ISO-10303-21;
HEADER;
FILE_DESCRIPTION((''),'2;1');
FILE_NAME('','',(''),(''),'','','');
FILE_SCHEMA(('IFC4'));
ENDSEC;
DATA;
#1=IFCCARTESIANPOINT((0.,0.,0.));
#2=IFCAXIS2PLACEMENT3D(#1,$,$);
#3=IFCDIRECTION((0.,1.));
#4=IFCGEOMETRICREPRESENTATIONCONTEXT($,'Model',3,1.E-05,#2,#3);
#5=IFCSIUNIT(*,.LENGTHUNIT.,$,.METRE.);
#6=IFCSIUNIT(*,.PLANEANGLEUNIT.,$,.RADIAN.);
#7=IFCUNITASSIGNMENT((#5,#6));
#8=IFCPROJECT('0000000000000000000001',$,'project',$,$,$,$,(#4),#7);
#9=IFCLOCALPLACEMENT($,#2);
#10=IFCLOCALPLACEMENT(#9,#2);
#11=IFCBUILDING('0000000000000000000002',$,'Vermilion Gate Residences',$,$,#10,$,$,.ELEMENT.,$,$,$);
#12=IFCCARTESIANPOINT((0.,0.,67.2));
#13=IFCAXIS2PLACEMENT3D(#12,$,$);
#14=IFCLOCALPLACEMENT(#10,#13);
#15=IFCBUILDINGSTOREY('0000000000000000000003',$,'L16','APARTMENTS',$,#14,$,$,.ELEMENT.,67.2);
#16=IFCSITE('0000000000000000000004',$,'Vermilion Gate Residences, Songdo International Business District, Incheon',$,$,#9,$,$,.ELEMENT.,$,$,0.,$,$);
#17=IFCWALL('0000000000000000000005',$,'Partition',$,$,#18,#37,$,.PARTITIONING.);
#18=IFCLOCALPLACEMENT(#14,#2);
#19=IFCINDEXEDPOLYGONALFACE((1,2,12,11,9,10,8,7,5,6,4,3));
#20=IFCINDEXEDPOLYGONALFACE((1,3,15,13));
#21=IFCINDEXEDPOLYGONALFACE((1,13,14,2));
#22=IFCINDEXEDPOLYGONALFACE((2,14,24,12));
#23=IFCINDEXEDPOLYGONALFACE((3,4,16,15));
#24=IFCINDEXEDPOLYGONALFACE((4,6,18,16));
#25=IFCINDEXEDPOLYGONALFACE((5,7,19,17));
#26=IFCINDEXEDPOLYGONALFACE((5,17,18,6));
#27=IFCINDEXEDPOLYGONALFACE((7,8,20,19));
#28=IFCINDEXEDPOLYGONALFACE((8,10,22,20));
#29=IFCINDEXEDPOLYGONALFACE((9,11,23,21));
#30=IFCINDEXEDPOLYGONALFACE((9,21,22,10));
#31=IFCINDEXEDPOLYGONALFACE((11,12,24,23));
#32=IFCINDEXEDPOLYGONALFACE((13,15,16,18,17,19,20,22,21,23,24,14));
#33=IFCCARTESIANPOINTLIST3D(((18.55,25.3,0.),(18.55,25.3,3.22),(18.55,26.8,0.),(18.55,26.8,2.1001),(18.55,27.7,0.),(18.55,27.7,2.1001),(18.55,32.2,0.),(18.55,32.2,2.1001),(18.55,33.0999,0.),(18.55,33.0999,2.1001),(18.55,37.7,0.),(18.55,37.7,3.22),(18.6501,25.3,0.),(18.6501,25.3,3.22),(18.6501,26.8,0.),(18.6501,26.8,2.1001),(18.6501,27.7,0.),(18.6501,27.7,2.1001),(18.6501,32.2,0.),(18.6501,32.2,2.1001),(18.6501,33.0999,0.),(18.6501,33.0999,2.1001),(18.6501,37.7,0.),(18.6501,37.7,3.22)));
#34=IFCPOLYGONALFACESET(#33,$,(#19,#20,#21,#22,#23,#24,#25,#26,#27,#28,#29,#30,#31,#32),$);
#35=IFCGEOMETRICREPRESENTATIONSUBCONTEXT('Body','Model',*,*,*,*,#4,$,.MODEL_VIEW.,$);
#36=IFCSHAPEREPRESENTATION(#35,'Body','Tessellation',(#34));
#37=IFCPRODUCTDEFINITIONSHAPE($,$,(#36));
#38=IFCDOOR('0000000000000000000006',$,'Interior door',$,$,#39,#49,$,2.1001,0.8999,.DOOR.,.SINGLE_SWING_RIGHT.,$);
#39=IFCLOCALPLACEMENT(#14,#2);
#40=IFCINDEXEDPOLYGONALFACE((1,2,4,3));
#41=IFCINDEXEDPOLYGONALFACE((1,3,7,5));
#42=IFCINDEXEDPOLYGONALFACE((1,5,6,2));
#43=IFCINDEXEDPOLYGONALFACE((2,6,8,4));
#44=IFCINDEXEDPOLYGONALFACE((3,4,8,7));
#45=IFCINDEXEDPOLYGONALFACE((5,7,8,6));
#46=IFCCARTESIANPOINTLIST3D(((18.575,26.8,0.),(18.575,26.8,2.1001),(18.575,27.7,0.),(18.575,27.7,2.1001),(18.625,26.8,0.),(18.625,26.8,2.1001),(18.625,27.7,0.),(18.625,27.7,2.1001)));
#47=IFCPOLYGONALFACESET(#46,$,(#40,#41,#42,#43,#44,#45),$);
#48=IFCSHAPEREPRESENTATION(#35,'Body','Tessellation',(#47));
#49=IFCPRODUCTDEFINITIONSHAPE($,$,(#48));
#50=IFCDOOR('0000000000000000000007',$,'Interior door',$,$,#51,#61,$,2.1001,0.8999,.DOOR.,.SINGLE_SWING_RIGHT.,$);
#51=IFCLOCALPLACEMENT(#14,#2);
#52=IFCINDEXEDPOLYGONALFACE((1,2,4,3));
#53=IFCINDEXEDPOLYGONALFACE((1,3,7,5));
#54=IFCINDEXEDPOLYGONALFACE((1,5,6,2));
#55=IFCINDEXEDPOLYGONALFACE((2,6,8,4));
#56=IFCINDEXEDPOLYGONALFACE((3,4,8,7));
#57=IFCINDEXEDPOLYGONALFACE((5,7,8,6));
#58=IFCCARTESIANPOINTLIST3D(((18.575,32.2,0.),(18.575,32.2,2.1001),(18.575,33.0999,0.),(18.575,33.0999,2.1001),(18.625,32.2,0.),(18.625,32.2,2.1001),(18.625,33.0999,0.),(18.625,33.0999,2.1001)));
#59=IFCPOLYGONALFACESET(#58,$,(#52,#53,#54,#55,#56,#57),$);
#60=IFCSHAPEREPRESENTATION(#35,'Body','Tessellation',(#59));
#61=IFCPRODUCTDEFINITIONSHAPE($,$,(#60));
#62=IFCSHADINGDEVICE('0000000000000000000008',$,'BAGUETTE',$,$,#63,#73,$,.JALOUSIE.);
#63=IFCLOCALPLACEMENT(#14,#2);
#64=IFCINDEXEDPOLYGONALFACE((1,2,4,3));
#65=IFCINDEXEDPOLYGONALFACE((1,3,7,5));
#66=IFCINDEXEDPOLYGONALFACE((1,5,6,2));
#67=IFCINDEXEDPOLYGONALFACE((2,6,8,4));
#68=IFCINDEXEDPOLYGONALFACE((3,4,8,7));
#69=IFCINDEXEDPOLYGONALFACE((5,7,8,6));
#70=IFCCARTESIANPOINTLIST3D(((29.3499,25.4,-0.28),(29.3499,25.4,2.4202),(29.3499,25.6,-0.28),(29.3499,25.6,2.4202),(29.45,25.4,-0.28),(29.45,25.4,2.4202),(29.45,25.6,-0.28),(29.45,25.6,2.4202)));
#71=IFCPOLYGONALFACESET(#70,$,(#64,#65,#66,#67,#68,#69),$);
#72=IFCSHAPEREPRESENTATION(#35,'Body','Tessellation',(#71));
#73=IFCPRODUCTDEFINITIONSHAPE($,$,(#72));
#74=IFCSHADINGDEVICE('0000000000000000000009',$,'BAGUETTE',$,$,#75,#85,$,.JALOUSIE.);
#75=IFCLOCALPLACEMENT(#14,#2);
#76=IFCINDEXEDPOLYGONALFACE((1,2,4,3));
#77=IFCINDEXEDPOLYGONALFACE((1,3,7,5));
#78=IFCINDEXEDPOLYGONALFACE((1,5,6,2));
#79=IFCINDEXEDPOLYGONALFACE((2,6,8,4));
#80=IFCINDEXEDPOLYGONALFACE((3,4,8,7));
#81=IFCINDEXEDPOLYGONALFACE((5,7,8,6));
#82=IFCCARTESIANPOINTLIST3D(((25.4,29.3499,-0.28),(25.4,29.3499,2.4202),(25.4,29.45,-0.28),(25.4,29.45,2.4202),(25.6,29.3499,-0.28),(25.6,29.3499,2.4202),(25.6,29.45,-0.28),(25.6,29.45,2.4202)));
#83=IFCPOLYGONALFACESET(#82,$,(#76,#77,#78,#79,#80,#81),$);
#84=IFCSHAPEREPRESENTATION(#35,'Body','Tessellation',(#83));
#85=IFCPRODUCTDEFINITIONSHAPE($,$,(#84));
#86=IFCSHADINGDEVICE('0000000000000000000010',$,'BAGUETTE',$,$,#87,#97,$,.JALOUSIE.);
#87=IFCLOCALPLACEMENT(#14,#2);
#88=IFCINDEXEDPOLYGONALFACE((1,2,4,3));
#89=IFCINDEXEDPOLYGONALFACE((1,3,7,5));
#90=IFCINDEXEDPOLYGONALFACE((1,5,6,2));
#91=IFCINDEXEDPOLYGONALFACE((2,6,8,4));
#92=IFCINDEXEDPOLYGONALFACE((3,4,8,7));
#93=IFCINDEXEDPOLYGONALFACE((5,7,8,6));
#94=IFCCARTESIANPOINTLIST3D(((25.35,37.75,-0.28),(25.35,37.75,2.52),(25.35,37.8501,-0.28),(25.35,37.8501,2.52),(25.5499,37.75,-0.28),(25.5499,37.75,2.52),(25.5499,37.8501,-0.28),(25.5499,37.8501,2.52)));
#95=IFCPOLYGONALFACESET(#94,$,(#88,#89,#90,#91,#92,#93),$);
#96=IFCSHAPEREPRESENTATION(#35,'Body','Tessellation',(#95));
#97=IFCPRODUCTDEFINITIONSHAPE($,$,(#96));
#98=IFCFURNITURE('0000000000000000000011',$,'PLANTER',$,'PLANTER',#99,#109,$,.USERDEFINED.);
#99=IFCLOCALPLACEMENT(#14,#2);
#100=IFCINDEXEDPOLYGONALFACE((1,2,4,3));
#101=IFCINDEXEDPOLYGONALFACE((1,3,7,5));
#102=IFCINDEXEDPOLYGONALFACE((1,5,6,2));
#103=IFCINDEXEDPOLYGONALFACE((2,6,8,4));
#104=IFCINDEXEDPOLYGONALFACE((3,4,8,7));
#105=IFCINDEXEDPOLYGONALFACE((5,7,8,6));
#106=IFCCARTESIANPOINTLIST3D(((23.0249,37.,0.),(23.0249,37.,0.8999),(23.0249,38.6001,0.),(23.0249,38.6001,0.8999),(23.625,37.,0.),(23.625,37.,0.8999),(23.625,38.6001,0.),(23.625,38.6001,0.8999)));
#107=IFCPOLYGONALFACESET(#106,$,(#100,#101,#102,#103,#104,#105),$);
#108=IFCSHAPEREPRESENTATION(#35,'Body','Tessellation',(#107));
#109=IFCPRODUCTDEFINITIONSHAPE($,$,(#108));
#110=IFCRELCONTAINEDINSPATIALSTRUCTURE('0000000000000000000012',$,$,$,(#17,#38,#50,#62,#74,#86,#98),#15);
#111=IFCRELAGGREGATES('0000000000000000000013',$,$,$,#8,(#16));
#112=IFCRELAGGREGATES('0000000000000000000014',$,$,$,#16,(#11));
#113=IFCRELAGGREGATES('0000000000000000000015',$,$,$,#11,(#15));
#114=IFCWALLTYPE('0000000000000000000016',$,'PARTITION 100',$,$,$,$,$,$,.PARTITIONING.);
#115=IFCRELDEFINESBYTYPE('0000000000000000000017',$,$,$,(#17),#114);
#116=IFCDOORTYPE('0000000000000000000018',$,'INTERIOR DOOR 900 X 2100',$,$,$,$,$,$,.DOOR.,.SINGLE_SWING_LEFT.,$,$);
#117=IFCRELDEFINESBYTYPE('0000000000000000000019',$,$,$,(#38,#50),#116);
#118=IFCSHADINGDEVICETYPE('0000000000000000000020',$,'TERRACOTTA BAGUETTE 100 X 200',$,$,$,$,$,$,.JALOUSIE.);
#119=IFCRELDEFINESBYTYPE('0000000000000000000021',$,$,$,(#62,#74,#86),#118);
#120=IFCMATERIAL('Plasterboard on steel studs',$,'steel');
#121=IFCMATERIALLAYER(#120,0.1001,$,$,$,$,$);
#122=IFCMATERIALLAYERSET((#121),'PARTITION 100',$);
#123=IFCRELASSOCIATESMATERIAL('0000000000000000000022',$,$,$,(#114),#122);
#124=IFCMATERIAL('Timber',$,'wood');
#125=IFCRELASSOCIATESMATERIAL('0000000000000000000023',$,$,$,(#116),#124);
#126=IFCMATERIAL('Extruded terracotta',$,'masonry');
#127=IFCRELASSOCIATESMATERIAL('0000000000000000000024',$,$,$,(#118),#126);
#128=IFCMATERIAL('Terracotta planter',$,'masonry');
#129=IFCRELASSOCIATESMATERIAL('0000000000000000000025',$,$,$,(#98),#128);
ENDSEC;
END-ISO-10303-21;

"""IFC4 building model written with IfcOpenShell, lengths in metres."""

from ifc_helpers import new_model, si_unit, direction, frame, frame_2d, origin, origin_2d, place, context, subcontext, project, spatial, rectangle, extrude, material, layer, layer_set, material_profile, profile_set, type_object, element, fill, save


model = new_model("IFC4")

# Units and contexts
model_context = context("Model", 3, precision=1e-05, world=origin(), true_north=direction((0.0, 1.0)))
body_context = subcontext(model_context, "Body", "Model", "MODEL_VIEW")
ifc_project = project(units=[si_unit("LENGTHUNIT", "METRE"), si_unit("PLANEANGLEUNIT", "RADIAN")], contexts=[model_context])

# Site, building, storey
site_placement = place(None, origin())
site = spatial("IfcSite", under=ifc_project, at=site_placement, Name="Vermilion Gate Residences, Songdo International Business District, Incheon", CompositionType="ELEMENT", RefElevation=0.0)
building_placement = place(site_placement, origin())
building = spatial("IfcBuilding", under=site, at=building_placement, Name="Vermilion Gate Residences", CompositionType="ELEMENT")
storey_placement = place(building_placement, frame((0.0, 0.0, 67.2)))
storey = spatial("IfcBuildingStorey", under=building, at=storey_placement, Name="L16", Description="APARTMENTS", CompositionType="ELEMENT", Elevation=67.2)

# Shared definitions
ifc_material_1 = material(Name="Plasterboard on steel studs", Category="steel")
ifc_layer = layer(ifc_material_1, 0.1001)
ifc_layer_set = layer_set([ifc_layer], Name="PARTITION 100")
wall_type = type_object("IfcWallType", Name="PARTITION 100", PredefinedType="PARTITIONING", material=ifc_layer_set)

# Wall, openings, doors
ifc_material_2 = material(Name="Timber", Category="wood")
door_type = type_object("IfcDoorType", Name="INTERIOR DOOR 900 X 2100", OperationType="SINGLE_SWING_LEFT", PredefinedType="DOOR", material=ifc_material_2)
wall_1_placement = place(storey_placement, frame((18.6001, 25.3, 0.0), z_axis=(0.0, 0.0, 1.0), x_axis=(0.0, 1.0, 0.0)))
wall_1 = element("IfcWall", 1, at=wall_1_placement, inside=storey, type_object=wall_type, Name="Partition", PredefinedType="PARTITIONING", context=body_context, shape_type="SweptSolid", body=[
    extrude(rectangle(XDim=12.3999, YDim=0.1001, at=frame_2d((6.2, 0.0))), origin(), (0.0, 0.0, 1.0), 3.22),
])
opening_1_placement = place(wall_1_placement, frame((1.5, 0.0, 0.0)))
opening_1 = element("IfcOpeningElement", 2, at=opening_1_placement, cuts=wall_1, PredefinedType="OPENING", context=body_context, shape_type="SweptSolid", body=[
    extrude(rectangle(XDim=0.8999, YDim=2.1001, at=frame_2d((0.45, 1.05))), frame((0.0, 0.0601, 0.0), z_axis=(0.0, -1.0, 0.0), x_axis=(1.0, 0.0, 0.0)), (0.0, 0.0, 1.0), 0.1201),
])
opening_2_placement = place(wall_1_placement, frame((6.8999, 0.0, 0.0)))
opening_2 = element("IfcOpeningElement", 3, at=opening_2_placement, cuts=wall_1, PredefinedType="OPENING", context=body_context, shape_type="SweptSolid", body=[
    extrude(rectangle(XDim=0.8999, YDim=2.1001, at=frame_2d((0.45, 1.05))), frame((0.0, 0.0601, 0.0), z_axis=(0.0, -1.0, 0.0), x_axis=(1.0, 0.0, 0.0)), (0.0, 0.0, 1.0), 0.1201),
])
door_1_placement = place(opening_1_placement, frame((0.8999, 0.0, 0.0), z_axis=(0.0, 0.0, 1.0), x_axis=(-1.0, 0.0, 0.0)))
door_1 = element("IfcDoor", 4, at=door_1_placement, inside=storey, type_object=door_type, Name="Interior door", OperationType="SINGLE_SWING_RIGHT", OverallHeight=2.1001, OverallWidth=0.8999, PredefinedType="DOOR", context=body_context, shape_type="SweptSolid", body=[
    extrude(rectangle(XDim=0.8999, YDim=2.1001, at=frame_2d((0.45, 1.05))), frame((0.0, 0.0249, 0.0), z_axis=(0.0, -1.0, 0.0), x_axis=(1.0, 0.0, 0.0)), (0.0, 0.0, 1.0), 0.05),
])
fill(opening_1, door_1)
door_2_placement = place(opening_2_placement, frame((0.8999, 0.0, 0.0), z_axis=(0.0, 0.0, 1.0), x_axis=(-1.0, 0.0, 0.0)))
door_2 = element("IfcDoor", 5, at=door_2_placement, inside=storey, type_object=door_type, Name="Interior door", OperationType="SINGLE_SWING_RIGHT", OverallHeight=2.1001, OverallWidth=0.8999, PredefinedType="DOOR", context=body_context, shape_type="SweptSolid", body=[
    extrude(rectangle(XDim=0.8999, YDim=2.1001, at=frame_2d((0.45, 1.05))), frame((0.0, 0.0249, 0.0), z_axis=(0.0, -1.0, 0.0), x_axis=(1.0, 0.0, 0.0)), (0.0, 0.0, 1.0), 0.05),
])
fill(opening_2, door_2)

# Shading devices
ifc_material_3 = material(Name="Extruded terracotta", Category="masonry")
ifc_material_profile_1 = material_profile(ifc_material_3, rectangle(XDim=0.2, YDim=0.1001, at=origin_2d()), Name="BAGUETTE 100 X 200")
ifc_profile_set_1 = profile_set([ifc_material_profile_1], Name="Extruded terracotta")
shading_device_type = type_object("IfcShadingDeviceType", Name="TERRACOTTA BAGUETTE 100 X 200", PredefinedType="JALOUSIE", material=ifc_profile_set_1)
for number, where, z_axis, x_axis, name in (
    (6, (29.3999, 25.5, -0.28), (0.0, 0.0, 1.0), (0.0, -1.0, 0.0), "BAGUETTE"),
    (7, (25.5, 29.3999, -0.28), (0.0, 0.0, 1.0), (-1.0, 0.0, 0.0), "BAGUETTE"),
):
    element("IfcShadingDevice", number, at=place(storey_placement, frame(where, z_axis=z_axis, x_axis=x_axis)), inside=storey, type_object=shading_device_type, Name=name, PredefinedType="JALOUSIE", context=body_context, shape_type="SweptSolid", body=[
        extrude(rectangle(XDim=0.2, YDim=0.1001, at=origin_2d()), origin(), (0.0, 0.0, 1.0), 2.7002),
    ])
shading_device_placement = place(storey_placement, frame((25.45, 37.8, -0.28), z_axis=(0.0, 0.0, 1.0), x_axis=(-1.0, 0.0, 0.0)))
element("IfcShadingDevice", 8, at=shading_device_placement, inside=storey, type_object=shading_device_type, Name="BAGUETTE", PredefinedType="JALOUSIE", context=body_context, shape_type="SweptSolid", body=[
    extrude(rectangle(XDim=0.2, YDim=0.1001, at=origin_2d()), origin(), (0.0, 0.0, 1.0), 2.8),
])

# Furniture
ifc_material_4 = material(Name="Terracotta planter", Category="masonry")
furniture_placement = place(storey_placement, frame((23.325, 37.8, 0.0), z_axis=(0.0, 0.0, 1.0), x_axis=(0.0, 1.0, 0.0)))
element("IfcFurniture", 9, at=furniture_placement, inside=storey, material=ifc_material_4, Name="PLANTER", ObjectType="PLANTER", PredefinedType="USERDEFINED", context=body_context, shape_type="SweptSolid", body=[
    extrude(rectangle(XDim=1.6001, YDim=0.6001, at=origin_2d()), origin(), (0.0, 0.0, 1.0), 0.8999),
])

save(model, "model.ifc")
